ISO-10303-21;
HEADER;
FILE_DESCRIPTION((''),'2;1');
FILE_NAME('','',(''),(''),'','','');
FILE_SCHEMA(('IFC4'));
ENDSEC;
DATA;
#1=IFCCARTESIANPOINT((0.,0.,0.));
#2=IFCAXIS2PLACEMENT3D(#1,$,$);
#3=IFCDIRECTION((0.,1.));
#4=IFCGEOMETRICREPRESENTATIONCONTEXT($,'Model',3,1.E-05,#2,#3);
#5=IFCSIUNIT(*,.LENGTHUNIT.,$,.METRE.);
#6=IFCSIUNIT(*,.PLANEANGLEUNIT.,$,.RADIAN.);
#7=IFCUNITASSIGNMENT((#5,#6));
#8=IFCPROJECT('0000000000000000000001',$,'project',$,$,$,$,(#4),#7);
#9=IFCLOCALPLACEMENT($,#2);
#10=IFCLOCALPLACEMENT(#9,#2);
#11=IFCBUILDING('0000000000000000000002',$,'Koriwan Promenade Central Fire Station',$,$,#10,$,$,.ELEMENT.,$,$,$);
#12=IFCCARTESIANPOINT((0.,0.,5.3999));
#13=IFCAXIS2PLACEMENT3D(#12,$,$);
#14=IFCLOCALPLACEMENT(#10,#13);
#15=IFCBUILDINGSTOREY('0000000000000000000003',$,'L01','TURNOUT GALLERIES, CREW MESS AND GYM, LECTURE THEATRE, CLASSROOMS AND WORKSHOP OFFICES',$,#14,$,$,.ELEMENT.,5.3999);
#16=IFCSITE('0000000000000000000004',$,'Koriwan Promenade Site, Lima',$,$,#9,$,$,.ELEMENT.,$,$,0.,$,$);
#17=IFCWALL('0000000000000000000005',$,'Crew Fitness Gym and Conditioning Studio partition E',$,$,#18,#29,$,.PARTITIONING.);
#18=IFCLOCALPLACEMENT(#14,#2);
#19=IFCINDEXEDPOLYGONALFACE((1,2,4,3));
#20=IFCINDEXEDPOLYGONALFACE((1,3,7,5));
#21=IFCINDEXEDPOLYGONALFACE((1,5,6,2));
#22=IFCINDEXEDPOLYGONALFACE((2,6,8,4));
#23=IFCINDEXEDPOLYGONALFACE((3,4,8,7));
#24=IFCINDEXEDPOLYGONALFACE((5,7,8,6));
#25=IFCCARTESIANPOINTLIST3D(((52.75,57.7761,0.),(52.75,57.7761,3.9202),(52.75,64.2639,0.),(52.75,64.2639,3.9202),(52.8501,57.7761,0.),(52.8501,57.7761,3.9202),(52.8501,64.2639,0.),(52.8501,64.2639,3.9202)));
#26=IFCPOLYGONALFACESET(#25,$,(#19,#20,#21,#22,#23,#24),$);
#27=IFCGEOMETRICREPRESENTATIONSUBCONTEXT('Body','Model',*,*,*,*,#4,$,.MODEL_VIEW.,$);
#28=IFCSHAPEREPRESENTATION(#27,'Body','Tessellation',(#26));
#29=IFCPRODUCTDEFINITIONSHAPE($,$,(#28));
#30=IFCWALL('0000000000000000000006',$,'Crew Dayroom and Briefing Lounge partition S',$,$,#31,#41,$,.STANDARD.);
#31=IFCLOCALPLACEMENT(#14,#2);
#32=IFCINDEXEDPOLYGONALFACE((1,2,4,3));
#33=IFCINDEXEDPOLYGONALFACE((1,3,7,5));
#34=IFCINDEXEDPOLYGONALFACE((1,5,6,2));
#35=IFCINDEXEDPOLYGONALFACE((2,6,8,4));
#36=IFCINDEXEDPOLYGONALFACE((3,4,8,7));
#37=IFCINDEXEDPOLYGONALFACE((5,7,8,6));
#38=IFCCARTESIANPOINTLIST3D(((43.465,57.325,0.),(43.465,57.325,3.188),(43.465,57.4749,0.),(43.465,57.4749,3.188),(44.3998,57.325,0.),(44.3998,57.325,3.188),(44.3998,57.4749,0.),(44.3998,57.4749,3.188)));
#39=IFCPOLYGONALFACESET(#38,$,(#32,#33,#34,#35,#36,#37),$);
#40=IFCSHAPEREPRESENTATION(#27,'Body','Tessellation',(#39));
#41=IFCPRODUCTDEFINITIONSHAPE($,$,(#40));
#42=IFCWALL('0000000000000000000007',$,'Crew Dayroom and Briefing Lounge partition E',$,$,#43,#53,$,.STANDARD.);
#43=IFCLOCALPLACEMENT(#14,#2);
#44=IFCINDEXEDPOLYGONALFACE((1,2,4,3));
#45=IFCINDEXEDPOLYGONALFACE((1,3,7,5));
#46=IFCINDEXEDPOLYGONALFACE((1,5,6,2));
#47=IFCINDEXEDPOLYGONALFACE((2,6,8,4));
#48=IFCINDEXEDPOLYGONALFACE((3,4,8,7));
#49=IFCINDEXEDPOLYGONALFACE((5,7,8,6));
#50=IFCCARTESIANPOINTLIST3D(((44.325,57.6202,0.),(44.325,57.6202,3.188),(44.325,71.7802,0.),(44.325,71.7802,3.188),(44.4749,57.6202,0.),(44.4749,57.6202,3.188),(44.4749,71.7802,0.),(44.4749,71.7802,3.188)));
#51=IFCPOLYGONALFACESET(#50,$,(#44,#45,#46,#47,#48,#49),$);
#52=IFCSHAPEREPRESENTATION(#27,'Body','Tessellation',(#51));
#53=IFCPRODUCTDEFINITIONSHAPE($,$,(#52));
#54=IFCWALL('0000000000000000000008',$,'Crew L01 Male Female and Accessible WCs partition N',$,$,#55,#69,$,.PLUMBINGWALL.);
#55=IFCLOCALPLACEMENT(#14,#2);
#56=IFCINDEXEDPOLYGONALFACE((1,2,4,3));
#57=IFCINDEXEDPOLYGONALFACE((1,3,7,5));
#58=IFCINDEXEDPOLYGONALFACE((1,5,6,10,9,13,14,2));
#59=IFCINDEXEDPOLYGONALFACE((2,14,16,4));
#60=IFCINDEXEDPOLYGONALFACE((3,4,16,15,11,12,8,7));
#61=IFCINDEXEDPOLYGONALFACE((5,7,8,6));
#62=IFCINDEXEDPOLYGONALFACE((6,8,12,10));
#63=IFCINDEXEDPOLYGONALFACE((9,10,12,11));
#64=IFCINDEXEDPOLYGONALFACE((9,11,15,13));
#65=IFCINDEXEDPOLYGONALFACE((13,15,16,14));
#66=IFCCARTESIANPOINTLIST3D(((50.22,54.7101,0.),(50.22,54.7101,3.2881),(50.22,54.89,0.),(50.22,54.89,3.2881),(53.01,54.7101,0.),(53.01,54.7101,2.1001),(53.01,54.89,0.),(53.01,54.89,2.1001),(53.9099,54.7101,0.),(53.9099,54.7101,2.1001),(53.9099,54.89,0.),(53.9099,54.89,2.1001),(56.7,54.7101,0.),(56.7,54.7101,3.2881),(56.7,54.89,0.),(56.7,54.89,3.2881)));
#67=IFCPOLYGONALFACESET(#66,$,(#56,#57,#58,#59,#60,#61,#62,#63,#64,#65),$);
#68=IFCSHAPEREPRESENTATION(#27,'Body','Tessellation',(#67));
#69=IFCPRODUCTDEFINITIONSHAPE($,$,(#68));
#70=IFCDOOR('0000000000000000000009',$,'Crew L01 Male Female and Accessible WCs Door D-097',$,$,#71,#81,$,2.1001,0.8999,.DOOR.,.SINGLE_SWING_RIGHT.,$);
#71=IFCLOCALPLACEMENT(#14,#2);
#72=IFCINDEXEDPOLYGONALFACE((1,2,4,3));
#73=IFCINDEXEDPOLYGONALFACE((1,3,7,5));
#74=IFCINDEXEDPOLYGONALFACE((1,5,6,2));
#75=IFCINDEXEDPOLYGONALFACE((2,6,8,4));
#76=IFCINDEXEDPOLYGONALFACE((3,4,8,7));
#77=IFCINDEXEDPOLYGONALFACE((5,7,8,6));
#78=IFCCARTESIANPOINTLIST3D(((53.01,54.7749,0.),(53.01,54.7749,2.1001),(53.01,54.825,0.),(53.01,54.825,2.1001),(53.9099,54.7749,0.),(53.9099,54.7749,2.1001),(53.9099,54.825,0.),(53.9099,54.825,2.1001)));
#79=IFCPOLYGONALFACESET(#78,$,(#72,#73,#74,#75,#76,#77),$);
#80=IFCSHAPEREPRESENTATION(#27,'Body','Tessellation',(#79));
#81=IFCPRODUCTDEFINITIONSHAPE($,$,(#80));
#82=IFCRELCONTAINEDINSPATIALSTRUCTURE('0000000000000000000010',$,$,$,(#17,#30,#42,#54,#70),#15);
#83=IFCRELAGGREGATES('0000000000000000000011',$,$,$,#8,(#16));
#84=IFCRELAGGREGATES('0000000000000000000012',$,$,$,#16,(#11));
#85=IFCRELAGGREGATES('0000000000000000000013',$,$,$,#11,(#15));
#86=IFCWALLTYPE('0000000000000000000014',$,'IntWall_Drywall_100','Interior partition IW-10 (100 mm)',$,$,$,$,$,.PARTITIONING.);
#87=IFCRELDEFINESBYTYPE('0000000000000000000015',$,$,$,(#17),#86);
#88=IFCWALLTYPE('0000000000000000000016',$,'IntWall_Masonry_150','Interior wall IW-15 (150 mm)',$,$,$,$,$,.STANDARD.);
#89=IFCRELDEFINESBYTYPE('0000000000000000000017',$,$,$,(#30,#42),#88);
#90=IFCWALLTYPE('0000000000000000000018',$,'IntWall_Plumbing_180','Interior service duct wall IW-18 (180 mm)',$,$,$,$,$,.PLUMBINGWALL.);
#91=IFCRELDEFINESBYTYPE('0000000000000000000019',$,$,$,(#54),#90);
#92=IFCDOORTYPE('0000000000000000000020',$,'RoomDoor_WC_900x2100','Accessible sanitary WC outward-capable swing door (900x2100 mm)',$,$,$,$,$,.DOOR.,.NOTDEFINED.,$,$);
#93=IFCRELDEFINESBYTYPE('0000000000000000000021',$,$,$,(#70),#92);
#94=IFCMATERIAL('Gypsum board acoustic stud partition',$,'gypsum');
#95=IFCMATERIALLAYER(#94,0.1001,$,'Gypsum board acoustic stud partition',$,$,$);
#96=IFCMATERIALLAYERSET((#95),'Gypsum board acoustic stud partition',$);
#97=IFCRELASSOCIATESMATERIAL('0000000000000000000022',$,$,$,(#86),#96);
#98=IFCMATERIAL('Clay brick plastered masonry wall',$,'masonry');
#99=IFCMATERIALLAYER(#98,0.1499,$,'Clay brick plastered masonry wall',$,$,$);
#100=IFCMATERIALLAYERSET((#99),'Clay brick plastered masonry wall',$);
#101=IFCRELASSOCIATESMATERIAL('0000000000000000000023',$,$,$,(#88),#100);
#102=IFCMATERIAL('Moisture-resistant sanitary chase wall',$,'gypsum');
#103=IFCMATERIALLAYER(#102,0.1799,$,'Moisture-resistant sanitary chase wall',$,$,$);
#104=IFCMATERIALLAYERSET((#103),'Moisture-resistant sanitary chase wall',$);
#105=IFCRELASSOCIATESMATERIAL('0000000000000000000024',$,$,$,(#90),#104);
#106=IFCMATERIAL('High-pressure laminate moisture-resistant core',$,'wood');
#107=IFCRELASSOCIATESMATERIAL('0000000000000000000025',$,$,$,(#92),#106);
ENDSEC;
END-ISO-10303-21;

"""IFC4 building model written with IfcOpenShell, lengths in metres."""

from ifc_helpers import new_model, si_unit, direction, frame, frame_2d, origin, place, context, subcontext, project, spatial, rectangle, extrude, material, layer, layer_set, type_object, element, fill, save


model = new_model("IFC4")

# Units and contexts
model_context = context("Model", 3, precision=1e-05, world=origin(), true_north=direction((0.0, 1.0)))
body_context = subcontext(model_context, "Body", "Model", "MODEL_VIEW")
ifc_project = project(units=[si_unit("LENGTHUNIT", "METRE"), si_unit("PLANEANGLEUNIT", "RADIAN")], contexts=[model_context])

# Site, building, storey
site_placement = place(None, origin())
site = spatial("IfcSite", under=ifc_project, at=site_placement, Name="Koriwan Promenade Site, Lima", CompositionType="ELEMENT", RefElevation=0.0)
building_placement = place(site_placement, origin())
building = spatial("IfcBuilding", under=site, at=building_placement, Name="Koriwan Promenade Central Fire Station", CompositionType="ELEMENT")
storey_placement = place(building_placement, frame((0.0, 0.0, 5.3999)))
storey = spatial("IfcBuildingStorey", under=building, at=storey_placement, Name="L01", Description="TURNOUT GALLERIES, CREW MESS AND GYM, LECTURE THEATRE, CLASSROOMS AND WORKSHOP OFFICES", CompositionType="ELEMENT", Elevation=5.3999)

# Shared definitions
ifc_material_1 = material(Name="Gypsum board acoustic stud partition", Category="gypsum")
ifc_layer_1 = layer(ifc_material_1, 0.1001, Name="Gypsum board acoustic stud partition")
ifc_layer_set_1 = layer_set([ifc_layer_1], Name="Gypsum board acoustic stud partition")
wall_type_1 = type_object("IfcWallType", Name="IntWall_Drywall_100", Description="Interior partition IW-10 (100 mm)", PredefinedType="PARTITIONING", material=ifc_layer_set_1)

# Walls
wall_1_placement = place(storey_placement, frame((52.8, 57.7761, 0.0), z_axis=(0.0, 0.0, 1.0), x_axis=(0.0, 1.0, 0.0)))
element("IfcWall", 1, at=wall_1_placement, inside=storey, type_object=wall_type_1, Name="Crew Fitness Gym and Conditioning Studio partition E", PredefinedType="PARTITIONING", context=body_context, shape_type="SweptSolid", body=[
    extrude(rectangle(XDim=6.4878, YDim=0.1001, at=frame_2d((3.2439, 0.0))), origin(), (0.0, 0.0, 1.0), 3.9202),
])
ifc_material_2 = material(Name="Clay brick plastered masonry wall", Category="masonry")
ifc_layer_2 = layer(ifc_material_2, 0.1499, Name="Clay brick plastered masonry wall")
ifc_layer_set_2 = layer_set([ifc_layer_2], Name="Clay brick plastered masonry wall")
wall_type_2 = type_object("IfcWallType", Name="IntWall_Masonry_150", Description="Interior wall IW-15 (150 mm)", PredefinedType="STANDARD", material=ifc_layer_set_2)
wall_2_placement = place(storey_placement, frame((43.4651, 57.3999, 0.0), z_axis=(0.0, 0.0, 1.0), x_axis=(1.0, 0.0, 0.0)))
element("IfcWall", 2, at=wall_2_placement, inside=storey, type_object=wall_type_2, Name="Crew Dayroom and Briefing Lounge partition S", PredefinedType="STANDARD", context=body_context, shape_type="SweptSolid", body=[
    extrude(rectangle(XDim=0.9348, YDim=0.1499, at=frame_2d((0.4673, 0.0))), origin(), (0.0, 0.0, 1.0), 3.188),
])
wall_3_placement = place(storey_placement, frame((44.3999, 57.6201, 0.0), z_axis=(0.0, 0.0, 1.0), x_axis=(0.0, 1.0, 0.0)))
element("IfcWall", 3, at=wall_3_placement, inside=storey, type_object=wall_type_2, Name="Crew Dayroom and Briefing Lounge partition E", PredefinedType="STANDARD", context=body_context, shape_type="SweptSolid", body=[
    extrude(rectangle(XDim=14.1599, YDim=0.1499, at=frame_2d((7.0801, 0.0))), origin(), (0.0, 0.0, 1.0), 3.188),
])

# Wall, opening, door
ifc_material_3 = material(Name="Moisture-resistant sanitary chase wall", Category="gypsum")
ifc_layer_3 = layer(ifc_material_3, 0.1799, Name="Moisture-resistant sanitary chase wall")
ifc_layer_set_3 = layer_set([ifc_layer_3], Name="Moisture-resistant sanitary chase wall")
wall_type_3 = type_object("IfcWallType", Name="IntWall_Plumbing_180", Description="Interior service duct wall IW-18 (180 mm)", PredefinedType="PLUMBINGWALL", material=ifc_layer_set_3)
wall_4_placement = place(storey_placement, frame((50.22, 54.8, 0.0), z_axis=(0.0, 0.0, 1.0), x_axis=(1.0, 0.0, 0.0)))
wall_4 = element("IfcWall", 4, at=wall_4_placement, inside=storey, type_object=wall_type_3, Name="Crew L01 Male Female and Accessible WCs partition N", PredefinedType="PLUMBINGWALL", context=body_context, shape_type="SweptSolid", body=[
    extrude(rectangle(XDim=6.48, YDim=0.1799, at=frame_2d((3.24, 0.0))), origin(), (0.0, 0.0, 1.0), 3.2881),
])
opening_1_placement = place(wall_4_placement, frame((2.79, 0.0, 0.0)))
opening_1 = element("IfcOpeningElement", 5, at=opening_1_placement, cuts=wall_4, PredefinedType="OPENING", context=body_context, shape_type="SweptSolid", body=[
    extrude(rectangle(XDim=0.8999, YDim=2.1001, at=frame_2d((0.45, 1.05))), frame((0.0, 0.1021, 0.0), z_axis=(0.0, -1.0, 0.0), x_axis=(1.0, 0.0, 0.0)), (0.0, 0.0, 1.0), 0.2039),
])
ifc_material_4 = material(Name="High-pressure laminate moisture-resistant core", Category="wood")
door_type_1 = type_object("IfcDoorType", Name="RoomDoor_WC_900x2100", Description="Accessible sanitary WC outward-capable swing door (900x2100 mm)", OperationType="NOTDEFINED", PredefinedType="DOOR", material=ifc_material_4)
door_1_placement = place(opening_1_placement, origin())
door_1 = element("IfcDoor", 6, at=door_1_placement, inside=storey, type_object=door_type_1, Name="Crew L01 Male Female and Accessible WCs Door D-097", OperationType="SINGLE_SWING_RIGHT", OverallHeight=2.1001, OverallWidth=0.8999, PredefinedType="DOOR", context=body_context, shape_type="SweptSolid", body=[
    extrude(rectangle(XDim=0.8999, YDim=2.1001, at=frame_2d((0.45, 1.05))), frame((0.0, 0.0249, 0.0), z_axis=(0.0, -1.0, 0.0), x_axis=(1.0, 0.0, 0.0)), (0.0, 0.0, 1.0), 0.05),
])
fill(opening_1, door_1)

save(model, "model.ifc")
